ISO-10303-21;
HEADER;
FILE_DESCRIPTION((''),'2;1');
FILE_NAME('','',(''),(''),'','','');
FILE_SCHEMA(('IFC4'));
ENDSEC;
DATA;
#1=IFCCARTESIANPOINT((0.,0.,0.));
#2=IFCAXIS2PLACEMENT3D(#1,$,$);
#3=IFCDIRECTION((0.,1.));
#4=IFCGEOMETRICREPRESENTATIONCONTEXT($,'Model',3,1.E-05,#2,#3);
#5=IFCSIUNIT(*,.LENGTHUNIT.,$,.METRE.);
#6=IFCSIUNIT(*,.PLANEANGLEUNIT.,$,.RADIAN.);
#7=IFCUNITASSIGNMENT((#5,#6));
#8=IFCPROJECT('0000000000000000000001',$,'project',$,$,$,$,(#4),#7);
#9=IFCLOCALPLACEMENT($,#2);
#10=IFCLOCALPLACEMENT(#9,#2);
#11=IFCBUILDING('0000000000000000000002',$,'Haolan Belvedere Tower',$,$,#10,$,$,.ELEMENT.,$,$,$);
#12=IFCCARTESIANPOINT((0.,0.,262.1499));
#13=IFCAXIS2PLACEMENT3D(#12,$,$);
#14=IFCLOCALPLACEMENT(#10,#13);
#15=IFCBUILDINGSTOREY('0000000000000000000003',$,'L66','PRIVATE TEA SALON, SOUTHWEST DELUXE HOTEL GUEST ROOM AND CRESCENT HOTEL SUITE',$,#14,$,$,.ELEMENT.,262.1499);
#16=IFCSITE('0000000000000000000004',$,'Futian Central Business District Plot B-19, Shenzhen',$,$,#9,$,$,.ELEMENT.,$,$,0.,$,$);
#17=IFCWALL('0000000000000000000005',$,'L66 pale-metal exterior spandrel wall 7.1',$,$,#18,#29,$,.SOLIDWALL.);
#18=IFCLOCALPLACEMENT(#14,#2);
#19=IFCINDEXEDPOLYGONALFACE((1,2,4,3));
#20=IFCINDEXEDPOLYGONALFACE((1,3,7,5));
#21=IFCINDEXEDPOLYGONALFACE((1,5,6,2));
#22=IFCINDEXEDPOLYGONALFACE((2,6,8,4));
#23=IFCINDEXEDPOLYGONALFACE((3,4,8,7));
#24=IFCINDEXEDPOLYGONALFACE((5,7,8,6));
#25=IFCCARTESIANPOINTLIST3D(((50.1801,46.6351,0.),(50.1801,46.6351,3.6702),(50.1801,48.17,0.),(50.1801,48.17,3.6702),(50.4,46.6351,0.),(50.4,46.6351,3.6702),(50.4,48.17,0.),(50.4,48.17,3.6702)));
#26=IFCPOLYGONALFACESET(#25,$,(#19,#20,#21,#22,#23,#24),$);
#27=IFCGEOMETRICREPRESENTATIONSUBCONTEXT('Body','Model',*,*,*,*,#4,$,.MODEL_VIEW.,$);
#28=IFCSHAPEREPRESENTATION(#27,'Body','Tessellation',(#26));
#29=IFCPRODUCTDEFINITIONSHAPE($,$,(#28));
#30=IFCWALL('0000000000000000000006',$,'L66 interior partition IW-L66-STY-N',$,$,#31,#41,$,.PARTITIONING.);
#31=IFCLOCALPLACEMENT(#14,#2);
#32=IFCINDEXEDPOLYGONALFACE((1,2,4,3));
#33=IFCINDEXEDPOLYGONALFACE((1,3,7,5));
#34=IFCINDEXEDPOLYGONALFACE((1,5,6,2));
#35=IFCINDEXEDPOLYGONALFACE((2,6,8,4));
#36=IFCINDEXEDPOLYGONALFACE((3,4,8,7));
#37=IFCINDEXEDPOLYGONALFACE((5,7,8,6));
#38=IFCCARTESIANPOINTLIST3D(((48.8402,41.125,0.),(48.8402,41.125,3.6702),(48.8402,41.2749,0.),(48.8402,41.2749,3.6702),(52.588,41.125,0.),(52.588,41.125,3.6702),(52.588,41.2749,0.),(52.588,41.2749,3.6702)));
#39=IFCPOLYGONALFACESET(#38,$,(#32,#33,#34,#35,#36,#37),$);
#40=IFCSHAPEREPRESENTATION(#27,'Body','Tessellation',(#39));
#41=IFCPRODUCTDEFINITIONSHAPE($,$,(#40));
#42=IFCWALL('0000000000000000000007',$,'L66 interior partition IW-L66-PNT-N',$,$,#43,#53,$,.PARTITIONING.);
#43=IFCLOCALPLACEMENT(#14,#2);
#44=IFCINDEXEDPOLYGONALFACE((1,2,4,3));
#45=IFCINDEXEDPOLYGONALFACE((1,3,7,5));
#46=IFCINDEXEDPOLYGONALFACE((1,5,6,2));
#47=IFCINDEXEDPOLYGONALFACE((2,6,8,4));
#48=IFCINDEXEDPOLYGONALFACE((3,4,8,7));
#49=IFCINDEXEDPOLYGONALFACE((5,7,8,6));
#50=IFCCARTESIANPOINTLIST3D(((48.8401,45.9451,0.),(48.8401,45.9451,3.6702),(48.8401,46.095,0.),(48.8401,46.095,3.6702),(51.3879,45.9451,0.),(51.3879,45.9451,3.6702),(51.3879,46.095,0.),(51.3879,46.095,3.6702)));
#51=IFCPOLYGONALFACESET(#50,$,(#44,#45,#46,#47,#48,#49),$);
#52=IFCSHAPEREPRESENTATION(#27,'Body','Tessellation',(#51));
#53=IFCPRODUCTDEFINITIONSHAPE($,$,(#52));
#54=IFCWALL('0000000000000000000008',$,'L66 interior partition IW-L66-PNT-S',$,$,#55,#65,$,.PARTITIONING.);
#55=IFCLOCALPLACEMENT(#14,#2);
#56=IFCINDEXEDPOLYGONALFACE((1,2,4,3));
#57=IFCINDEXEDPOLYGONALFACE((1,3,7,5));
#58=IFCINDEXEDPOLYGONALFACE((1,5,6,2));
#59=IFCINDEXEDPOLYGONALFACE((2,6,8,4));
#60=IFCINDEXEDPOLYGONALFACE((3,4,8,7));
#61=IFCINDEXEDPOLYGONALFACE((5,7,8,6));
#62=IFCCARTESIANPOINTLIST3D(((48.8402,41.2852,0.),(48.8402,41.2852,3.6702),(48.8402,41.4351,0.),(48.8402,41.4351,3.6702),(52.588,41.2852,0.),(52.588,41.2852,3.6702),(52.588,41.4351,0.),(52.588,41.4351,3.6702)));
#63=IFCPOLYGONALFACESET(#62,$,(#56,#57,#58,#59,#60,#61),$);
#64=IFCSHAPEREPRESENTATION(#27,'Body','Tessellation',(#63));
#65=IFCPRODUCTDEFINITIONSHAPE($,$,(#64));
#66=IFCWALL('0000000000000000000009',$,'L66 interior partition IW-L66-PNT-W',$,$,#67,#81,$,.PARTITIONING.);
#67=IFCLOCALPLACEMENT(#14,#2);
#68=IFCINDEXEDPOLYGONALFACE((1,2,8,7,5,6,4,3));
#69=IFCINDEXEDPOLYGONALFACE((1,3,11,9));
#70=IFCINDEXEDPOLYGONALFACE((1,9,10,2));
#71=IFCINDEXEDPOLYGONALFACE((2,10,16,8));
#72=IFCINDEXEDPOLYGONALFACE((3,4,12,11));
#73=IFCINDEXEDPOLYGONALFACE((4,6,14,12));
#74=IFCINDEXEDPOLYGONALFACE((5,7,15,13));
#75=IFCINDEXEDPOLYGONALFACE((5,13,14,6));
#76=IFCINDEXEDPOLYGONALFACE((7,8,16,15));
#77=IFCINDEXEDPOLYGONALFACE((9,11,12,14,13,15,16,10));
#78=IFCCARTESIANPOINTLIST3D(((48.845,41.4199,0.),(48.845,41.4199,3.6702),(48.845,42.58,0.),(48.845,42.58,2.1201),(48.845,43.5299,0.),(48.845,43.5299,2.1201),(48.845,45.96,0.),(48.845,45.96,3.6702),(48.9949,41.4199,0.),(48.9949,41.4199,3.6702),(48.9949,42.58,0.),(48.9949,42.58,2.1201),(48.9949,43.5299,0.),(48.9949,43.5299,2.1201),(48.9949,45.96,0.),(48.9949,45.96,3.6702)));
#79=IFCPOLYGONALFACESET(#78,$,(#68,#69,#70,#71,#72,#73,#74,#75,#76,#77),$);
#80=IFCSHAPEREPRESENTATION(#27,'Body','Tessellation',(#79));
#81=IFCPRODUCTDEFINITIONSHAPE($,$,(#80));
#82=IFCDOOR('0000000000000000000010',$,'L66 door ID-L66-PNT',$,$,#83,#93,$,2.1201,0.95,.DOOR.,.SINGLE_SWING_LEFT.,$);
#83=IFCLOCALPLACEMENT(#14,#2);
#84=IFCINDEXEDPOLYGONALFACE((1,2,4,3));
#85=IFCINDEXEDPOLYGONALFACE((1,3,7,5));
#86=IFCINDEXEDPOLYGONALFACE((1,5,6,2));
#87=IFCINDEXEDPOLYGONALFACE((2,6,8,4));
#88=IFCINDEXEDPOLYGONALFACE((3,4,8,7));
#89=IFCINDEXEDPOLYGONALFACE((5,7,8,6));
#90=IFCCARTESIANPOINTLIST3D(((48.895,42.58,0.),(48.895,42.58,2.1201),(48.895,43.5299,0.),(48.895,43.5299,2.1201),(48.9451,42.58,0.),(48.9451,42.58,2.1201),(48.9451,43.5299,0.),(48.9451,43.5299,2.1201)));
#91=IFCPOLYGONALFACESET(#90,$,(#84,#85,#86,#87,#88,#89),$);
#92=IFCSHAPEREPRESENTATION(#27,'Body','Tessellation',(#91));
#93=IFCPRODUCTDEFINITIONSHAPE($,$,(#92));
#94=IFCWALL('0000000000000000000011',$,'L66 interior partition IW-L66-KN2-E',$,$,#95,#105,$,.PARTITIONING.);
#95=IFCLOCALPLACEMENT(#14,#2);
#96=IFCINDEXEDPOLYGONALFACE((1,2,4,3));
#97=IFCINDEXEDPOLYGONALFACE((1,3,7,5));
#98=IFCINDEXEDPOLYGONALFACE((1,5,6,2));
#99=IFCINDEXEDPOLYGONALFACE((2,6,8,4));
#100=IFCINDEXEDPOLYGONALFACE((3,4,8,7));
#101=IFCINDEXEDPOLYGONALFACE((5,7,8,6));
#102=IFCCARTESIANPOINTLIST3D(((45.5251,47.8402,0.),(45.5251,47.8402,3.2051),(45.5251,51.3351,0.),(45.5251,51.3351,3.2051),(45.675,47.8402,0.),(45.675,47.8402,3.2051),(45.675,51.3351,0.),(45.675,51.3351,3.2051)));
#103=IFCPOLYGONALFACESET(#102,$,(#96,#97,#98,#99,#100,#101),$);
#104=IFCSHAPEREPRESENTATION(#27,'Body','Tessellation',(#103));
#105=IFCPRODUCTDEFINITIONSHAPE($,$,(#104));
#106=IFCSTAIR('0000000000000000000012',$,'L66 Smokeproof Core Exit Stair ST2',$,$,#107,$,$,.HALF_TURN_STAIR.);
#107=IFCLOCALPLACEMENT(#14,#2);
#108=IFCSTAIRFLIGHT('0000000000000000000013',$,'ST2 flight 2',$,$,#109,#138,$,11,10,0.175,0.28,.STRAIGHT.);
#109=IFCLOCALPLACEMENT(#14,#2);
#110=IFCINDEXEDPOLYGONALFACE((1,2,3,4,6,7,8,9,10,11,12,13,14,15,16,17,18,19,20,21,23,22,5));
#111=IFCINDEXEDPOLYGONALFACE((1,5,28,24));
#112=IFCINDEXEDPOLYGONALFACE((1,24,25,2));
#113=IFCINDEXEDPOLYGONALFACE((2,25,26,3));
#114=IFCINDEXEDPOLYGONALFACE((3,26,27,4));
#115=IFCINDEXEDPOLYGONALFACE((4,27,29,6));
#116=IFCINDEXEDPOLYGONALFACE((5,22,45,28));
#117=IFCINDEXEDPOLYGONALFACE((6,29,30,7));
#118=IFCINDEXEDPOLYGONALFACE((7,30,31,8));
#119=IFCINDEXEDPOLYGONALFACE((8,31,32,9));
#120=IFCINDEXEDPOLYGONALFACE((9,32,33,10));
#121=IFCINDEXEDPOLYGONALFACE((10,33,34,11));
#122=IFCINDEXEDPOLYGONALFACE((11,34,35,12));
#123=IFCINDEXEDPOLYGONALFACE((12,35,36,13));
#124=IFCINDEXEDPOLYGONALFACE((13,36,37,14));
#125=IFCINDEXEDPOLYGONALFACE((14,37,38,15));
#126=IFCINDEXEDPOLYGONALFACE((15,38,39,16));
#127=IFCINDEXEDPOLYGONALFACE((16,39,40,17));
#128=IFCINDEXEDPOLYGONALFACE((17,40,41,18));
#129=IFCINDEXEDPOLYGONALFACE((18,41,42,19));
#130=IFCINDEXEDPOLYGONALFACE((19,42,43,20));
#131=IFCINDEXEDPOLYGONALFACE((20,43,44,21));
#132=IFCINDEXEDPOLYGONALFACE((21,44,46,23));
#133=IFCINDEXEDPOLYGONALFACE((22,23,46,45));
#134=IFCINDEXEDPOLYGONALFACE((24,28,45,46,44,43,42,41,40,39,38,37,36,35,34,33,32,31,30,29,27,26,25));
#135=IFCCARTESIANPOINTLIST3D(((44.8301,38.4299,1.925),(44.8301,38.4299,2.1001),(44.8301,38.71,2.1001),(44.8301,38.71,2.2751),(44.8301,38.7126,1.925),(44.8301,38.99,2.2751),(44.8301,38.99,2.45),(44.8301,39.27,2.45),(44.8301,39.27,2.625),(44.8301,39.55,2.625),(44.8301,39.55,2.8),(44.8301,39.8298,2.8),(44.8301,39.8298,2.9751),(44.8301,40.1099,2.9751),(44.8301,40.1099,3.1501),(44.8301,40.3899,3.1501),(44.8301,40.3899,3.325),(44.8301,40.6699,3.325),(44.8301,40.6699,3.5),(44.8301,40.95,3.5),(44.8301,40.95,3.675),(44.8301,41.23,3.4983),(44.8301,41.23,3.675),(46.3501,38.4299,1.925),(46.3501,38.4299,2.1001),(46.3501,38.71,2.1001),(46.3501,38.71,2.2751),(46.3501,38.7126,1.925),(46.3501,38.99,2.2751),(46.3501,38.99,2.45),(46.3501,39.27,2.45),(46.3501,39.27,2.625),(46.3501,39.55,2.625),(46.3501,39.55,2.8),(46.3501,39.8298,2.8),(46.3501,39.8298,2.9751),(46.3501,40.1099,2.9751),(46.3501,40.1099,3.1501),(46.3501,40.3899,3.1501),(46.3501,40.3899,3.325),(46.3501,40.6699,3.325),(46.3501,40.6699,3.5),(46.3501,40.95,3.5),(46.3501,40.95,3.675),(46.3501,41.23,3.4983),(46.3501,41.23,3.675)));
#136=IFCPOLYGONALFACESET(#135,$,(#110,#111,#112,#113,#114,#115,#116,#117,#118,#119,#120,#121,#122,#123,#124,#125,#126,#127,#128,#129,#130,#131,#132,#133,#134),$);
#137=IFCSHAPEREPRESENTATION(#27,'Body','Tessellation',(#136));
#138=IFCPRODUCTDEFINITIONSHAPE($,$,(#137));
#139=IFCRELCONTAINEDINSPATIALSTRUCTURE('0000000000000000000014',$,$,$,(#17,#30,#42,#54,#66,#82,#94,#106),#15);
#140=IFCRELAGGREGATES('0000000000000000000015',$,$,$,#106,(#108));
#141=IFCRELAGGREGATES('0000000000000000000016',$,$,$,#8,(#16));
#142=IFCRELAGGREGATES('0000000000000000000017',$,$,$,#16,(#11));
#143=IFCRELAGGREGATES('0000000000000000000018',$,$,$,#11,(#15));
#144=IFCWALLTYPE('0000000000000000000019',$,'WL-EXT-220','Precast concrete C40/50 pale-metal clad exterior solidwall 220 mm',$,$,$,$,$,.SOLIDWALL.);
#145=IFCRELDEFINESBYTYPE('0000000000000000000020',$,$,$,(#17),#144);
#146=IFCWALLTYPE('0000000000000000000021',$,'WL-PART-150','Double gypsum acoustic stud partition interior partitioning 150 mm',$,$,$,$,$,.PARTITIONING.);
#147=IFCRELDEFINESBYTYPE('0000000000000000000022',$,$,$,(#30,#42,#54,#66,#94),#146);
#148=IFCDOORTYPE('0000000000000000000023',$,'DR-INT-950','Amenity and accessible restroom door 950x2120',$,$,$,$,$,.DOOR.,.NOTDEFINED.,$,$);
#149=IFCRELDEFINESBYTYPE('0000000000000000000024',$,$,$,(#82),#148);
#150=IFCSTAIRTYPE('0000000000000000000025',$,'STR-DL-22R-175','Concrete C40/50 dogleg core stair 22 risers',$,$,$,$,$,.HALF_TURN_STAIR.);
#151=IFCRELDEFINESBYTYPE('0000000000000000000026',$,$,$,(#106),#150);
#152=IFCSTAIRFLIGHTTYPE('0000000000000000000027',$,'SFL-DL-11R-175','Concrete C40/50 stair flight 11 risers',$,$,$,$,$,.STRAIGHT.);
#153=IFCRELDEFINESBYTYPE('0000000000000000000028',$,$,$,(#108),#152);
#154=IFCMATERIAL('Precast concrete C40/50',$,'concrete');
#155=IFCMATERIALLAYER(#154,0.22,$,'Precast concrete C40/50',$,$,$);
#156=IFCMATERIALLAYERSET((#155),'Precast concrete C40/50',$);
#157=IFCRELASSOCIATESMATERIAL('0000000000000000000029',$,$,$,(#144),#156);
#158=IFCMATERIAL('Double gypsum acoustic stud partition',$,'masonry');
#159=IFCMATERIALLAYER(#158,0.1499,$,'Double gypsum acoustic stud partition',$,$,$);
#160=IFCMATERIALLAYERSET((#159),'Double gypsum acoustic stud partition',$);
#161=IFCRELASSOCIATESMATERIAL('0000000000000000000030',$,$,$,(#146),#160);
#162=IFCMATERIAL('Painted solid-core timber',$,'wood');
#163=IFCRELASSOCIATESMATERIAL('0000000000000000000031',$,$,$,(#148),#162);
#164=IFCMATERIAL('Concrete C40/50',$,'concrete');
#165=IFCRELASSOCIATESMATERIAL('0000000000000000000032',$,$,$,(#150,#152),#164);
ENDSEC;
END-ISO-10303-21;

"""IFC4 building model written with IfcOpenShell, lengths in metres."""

from ifc_helpers import new_model, si_unit, direction, frame, frame_2d, origin, place, context, subcontext, project, spatial, polyline, rectangle, outline, extrude, material, layer, layer_set, type_object, element, fill, aggregate, save


model = new_model("IFC4")

# Units and contexts
model_context = context("Model", 3, precision=1e-05, world=origin(), true_north=direction((0.0, 1.0)))
body_context = subcontext(model_context, "Body", "Model", "MODEL_VIEW")
ifc_project = project(units=[si_unit("LENGTHUNIT", "METRE"), si_unit("PLANEANGLEUNIT", "RADIAN")], contexts=[model_context])

# Site, building, storey
site_placement = place(None, origin())
site = spatial("IfcSite", under=ifc_project, at=site_placement, Name="Futian Central Business District Plot B-19, Shenzhen", CompositionType="ELEMENT", RefElevation=0.0)
building_placement = place(site_placement, origin())
building = spatial("IfcBuilding", under=site, at=building_placement, Name="Haolan Belvedere Tower", CompositionType="ELEMENT")
storey_placement = place(building_placement, frame((0.0, 0.0, 262.1499)))
storey = spatial("IfcBuildingStorey", under=building, at=storey_placement, Name="L66", Description="PRIVATE TEA SALON, SOUTHWEST DELUXE HOTEL GUEST ROOM AND CRESCENT HOTEL SUITE", CompositionType="ELEMENT", Elevation=262.1499)

# Shared definitions
ifc_material_1 = material(Name="Precast concrete C40/50", Category="concrete")
ifc_layer_1 = layer(ifc_material_1, 0.22, Name="Precast concrete C40/50")
ifc_layer_set_1 = layer_set([ifc_layer_1], Name="Precast concrete C40/50")
wall_type_1 = type_object("IfcWallType", Name="WL-EXT-220", Description="Precast concrete C40/50 pale-metal clad exterior solidwall 220 mm", PredefinedType="SOLIDWALL", material=ifc_layer_set_1)

# Wall
wall_1_placement = place(storey_placement, frame((50.29, 46.635, 0.0), z_axis=(0.0, 0.0, 1.0), x_axis=(0.0, 1.0, 0.0)))
element("IfcWall", 1, at=wall_1_placement, inside=storey, type_object=wall_type_1, Name="L66 pale-metal exterior spandrel wall 7.1", PredefinedType="SOLIDWALL", context=body_context, shape_type="SweptSolid", body=[
    extrude(rectangle(XDim=1.5349, YDim=0.22, at=frame_2d((0.7676, 0.0))), origin(), (0.0, 0.0, 1.0), 3.6702),
])

# Shared definitions
ifc_material_2 = material(Name="Concrete C40/50", Category="concrete")

# Walls
ifc_material_3 = material(Name="Double gypsum acoustic stud partition", Category="masonry")
ifc_layer_2 = layer(ifc_material_3, 0.1499, Name="Double gypsum acoustic stud partition")
ifc_layer_set_2 = layer_set([ifc_layer_2], Name="Double gypsum acoustic stud partition")
wall_type_2 = type_object("IfcWallType", Name="WL-PART-150", Description="Double gypsum acoustic stud partition interior partitioning 150 mm", PredefinedType="PARTITIONING", material=ifc_layer_set_2)
wall_2_placement = place(storey_placement, frame((48.8401, 41.2, 0.0), z_axis=(0.0, 0.0, 1.0), x_axis=(1.0, 0.0, 0.0)))
element("IfcWall", 2, at=wall_2_placement, inside=storey, type_object=wall_type_2, Name="L66 interior partition IW-L66-STY-N", PredefinedType="PARTITIONING", context=body_context, shape_type="SweptSolid", body=[
    extrude(rectangle(XDim=3.7478, YDim=0.1499, at=frame_2d((1.874, 0.0))), origin(), (0.0, 0.0, 1.0), 3.6702),
])
wall_3_placement = place(storey_placement, frame((48.8401, 46.02, 0.0), z_axis=(0.0, 0.0, 1.0), x_axis=(1.0, 0.0, 0.0)))
element("IfcWall", 3, at=wall_3_placement, inside=storey, type_object=wall_type_2, Name="L66 interior partition IW-L66-PNT-N", PredefinedType="PARTITIONING", context=body_context, shape_type="SweptSolid", body=[
    extrude(rectangle(XDim=2.5479, YDim=0.1499, at=frame_2d((1.2739, 0.0))), origin(), (0.0, 0.0, 1.0), 3.6702),
])
wall_4_placement = place(storey_placement, frame((48.8401, 41.3601, 0.0), z_axis=(0.0, 0.0, 1.0), x_axis=(1.0, 0.0, 0.0)))
element("IfcWall", 4, at=wall_4_placement, inside=storey, type_object=wall_type_2, Name="L66 interior partition IW-L66-PNT-S", PredefinedType="PARTITIONING", context=body_context, shape_type="SweptSolid", body=[
    extrude(rectangle(XDim=3.7478, YDim=0.1499, at=frame_2d((1.874, 0.0))), origin(), (0.0, 0.0, 1.0), 3.6702),
])

# Wall, opening, door
wall_5_placement = place(storey_placement, frame((48.9199, 41.4199, 0.0), z_axis=(0.0, 0.0, 1.0), x_axis=(0.0, 1.0, 0.0)))
wall_5 = element("IfcWall", 5, at=wall_5_placement, inside=storey, type_object=wall_type_2, Name="L66 interior partition IW-L66-PNT-W", PredefinedType="PARTITIONING", context=body_context, shape_type="SweptSolid", body=[
    extrude(rectangle(XDim=4.54, YDim=0.1499, at=frame_2d((2.27, 0.0))), origin(), (0.0, 0.0, 1.0), 3.6702),
])
opening_1_placement = place(wall_5_placement, frame((1.1599, 0.0, 0.0)))
opening_1 = element("IfcOpeningElement", 6, at=opening_1_placement, cuts=wall_5, PredefinedType="OPENING", context=body_context, shape_type="SweptSolid", body=[
    extrude(rectangle(XDim=0.95, YDim=2.1201, at=frame_2d((0.4751, 1.0601))), frame((0.0, 0.085, 0.0), z_axis=(0.0, -1.0, 0.0), x_axis=(1.0, 0.0, 0.0)), (0.0, 0.0, 1.0), 0.1699),
])
ifc_material_4 = material(Name="Painted solid-core timber", Category="wood")
door_type_1 = type_object("IfcDoorType", Name="DR-INT-950", Description="Amenity and accessible restroom door 950x2120", OperationType="NOTDEFINED", PredefinedType="DOOR", material=ifc_material_4)
door_1_placement = place(opening_1_placement, origin())
door_1 = element("IfcDoor", 7, at=door_1_placement, inside=storey, type_object=door_type_1, Name="L66 door ID-L66-PNT", OperationType="SINGLE_SWING_LEFT", OverallHeight=2.1201, OverallWidth=0.95, PredefinedType="DOOR", context=body_context, shape_type="SweptSolid", body=[
    extrude(rectangle(XDim=0.95, YDim=2.1201, at=frame_2d((0.4751, 1.0601))), frame((0.0, 0.0249, 0.0), z_axis=(0.0, -1.0, 0.0), x_axis=(1.0, 0.0, 0.0)), (0.0, 0.0, 1.0), 0.05),
])
fill(opening_1, door_1)

# Wall
wall_6_placement = place(storey_placement, frame((45.6001, 47.8401, 0.0), z_axis=(0.0, 0.0, 1.0), x_axis=(0.0, 1.0, 0.0)))
element("IfcWall", 8, at=wall_6_placement, inside=storey, type_object=wall_type_2, Name="L66 interior partition IW-L66-KN2-E", PredefinedType="PARTITIONING", context=body_context, shape_type="SweptSolid", body=[
    extrude(rectangle(XDim=3.4949, YDim=0.1499, at=frame_2d((1.7476, 0.0))), origin(), (0.0, 0.0, 1.0), 3.2051),
])

# Stair, stair flight
stair_type = type_object("IfcStairType", Name="STR-DL-22R-175", Description="Concrete C40/50 dogleg core stair 22 risers", PredefinedType="HALF_TURN_STAIR", material=ifc_material_2)
stair_placement = place(storey_placement, origin())
stair = element("IfcStair", 9, at=stair_placement, inside=storey, type_object=stair_type, Name="L66 Smokeproof Core Exit Stair ST2", PredefinedType="HALF_TURN_STAIR")
stair_flight_type = type_object("IfcStairFlightType", Name="SFL-DL-11R-175", Description="Concrete C40/50 stair flight 11 risers", PredefinedType="STRAIGHT", material=ifc_material_2)
stair_flight_placement = place(storey_placement, frame((45.5901, 38.4299, 1.925), z_axis=(0.0, 0.0, 1.0), x_axis=(0.0, 1.0, 0.0)))
stair_flight = element("IfcStairFlight", 10, at=stair_flight_placement, type_object=stair_flight_type, Name="ST2 flight 2", NumberOfRisers=11, NumberOfTreads=10, PredefinedType="STRAIGHT", RiserHeight=0.175, TreadLength=0.28, context=body_context, shape_type="SweptSolid", body=[
    extrude(outline(polyline([(0.0, 0.0), (0.0, 0.175), (0.28, 0.175), (0.28, 0.3501), (0.5601, 0.3501), (0.5601, 0.5249), (0.8401, 0.5249), (0.8401, 0.7), (1.1201, 0.7), (1.1201, 0.875), (1.3999, 0.875), (1.3999, 1.05), (1.6799, 1.05), (1.6799, 1.2251), (1.96, 1.2251), (1.96, 1.3999), (2.24, 1.3999), (2.24, 1.575), (2.52, 1.575), (2.52, 1.75), (2.8, 1.75), (2.8, 1.925), (2.8, 1.5732), (0.2827, 0.0), (0.0, 0.0)])), frame((0.0, 0.76, 0.0), z_axis=(0.0, -1.0, 0.0), x_axis=(1.0, 0.0, 0.0)), (0.0, 0.0, 1.0), 1.52),
])
aggregate(stair, [stair_flight])

save(model, "model.ifc")
